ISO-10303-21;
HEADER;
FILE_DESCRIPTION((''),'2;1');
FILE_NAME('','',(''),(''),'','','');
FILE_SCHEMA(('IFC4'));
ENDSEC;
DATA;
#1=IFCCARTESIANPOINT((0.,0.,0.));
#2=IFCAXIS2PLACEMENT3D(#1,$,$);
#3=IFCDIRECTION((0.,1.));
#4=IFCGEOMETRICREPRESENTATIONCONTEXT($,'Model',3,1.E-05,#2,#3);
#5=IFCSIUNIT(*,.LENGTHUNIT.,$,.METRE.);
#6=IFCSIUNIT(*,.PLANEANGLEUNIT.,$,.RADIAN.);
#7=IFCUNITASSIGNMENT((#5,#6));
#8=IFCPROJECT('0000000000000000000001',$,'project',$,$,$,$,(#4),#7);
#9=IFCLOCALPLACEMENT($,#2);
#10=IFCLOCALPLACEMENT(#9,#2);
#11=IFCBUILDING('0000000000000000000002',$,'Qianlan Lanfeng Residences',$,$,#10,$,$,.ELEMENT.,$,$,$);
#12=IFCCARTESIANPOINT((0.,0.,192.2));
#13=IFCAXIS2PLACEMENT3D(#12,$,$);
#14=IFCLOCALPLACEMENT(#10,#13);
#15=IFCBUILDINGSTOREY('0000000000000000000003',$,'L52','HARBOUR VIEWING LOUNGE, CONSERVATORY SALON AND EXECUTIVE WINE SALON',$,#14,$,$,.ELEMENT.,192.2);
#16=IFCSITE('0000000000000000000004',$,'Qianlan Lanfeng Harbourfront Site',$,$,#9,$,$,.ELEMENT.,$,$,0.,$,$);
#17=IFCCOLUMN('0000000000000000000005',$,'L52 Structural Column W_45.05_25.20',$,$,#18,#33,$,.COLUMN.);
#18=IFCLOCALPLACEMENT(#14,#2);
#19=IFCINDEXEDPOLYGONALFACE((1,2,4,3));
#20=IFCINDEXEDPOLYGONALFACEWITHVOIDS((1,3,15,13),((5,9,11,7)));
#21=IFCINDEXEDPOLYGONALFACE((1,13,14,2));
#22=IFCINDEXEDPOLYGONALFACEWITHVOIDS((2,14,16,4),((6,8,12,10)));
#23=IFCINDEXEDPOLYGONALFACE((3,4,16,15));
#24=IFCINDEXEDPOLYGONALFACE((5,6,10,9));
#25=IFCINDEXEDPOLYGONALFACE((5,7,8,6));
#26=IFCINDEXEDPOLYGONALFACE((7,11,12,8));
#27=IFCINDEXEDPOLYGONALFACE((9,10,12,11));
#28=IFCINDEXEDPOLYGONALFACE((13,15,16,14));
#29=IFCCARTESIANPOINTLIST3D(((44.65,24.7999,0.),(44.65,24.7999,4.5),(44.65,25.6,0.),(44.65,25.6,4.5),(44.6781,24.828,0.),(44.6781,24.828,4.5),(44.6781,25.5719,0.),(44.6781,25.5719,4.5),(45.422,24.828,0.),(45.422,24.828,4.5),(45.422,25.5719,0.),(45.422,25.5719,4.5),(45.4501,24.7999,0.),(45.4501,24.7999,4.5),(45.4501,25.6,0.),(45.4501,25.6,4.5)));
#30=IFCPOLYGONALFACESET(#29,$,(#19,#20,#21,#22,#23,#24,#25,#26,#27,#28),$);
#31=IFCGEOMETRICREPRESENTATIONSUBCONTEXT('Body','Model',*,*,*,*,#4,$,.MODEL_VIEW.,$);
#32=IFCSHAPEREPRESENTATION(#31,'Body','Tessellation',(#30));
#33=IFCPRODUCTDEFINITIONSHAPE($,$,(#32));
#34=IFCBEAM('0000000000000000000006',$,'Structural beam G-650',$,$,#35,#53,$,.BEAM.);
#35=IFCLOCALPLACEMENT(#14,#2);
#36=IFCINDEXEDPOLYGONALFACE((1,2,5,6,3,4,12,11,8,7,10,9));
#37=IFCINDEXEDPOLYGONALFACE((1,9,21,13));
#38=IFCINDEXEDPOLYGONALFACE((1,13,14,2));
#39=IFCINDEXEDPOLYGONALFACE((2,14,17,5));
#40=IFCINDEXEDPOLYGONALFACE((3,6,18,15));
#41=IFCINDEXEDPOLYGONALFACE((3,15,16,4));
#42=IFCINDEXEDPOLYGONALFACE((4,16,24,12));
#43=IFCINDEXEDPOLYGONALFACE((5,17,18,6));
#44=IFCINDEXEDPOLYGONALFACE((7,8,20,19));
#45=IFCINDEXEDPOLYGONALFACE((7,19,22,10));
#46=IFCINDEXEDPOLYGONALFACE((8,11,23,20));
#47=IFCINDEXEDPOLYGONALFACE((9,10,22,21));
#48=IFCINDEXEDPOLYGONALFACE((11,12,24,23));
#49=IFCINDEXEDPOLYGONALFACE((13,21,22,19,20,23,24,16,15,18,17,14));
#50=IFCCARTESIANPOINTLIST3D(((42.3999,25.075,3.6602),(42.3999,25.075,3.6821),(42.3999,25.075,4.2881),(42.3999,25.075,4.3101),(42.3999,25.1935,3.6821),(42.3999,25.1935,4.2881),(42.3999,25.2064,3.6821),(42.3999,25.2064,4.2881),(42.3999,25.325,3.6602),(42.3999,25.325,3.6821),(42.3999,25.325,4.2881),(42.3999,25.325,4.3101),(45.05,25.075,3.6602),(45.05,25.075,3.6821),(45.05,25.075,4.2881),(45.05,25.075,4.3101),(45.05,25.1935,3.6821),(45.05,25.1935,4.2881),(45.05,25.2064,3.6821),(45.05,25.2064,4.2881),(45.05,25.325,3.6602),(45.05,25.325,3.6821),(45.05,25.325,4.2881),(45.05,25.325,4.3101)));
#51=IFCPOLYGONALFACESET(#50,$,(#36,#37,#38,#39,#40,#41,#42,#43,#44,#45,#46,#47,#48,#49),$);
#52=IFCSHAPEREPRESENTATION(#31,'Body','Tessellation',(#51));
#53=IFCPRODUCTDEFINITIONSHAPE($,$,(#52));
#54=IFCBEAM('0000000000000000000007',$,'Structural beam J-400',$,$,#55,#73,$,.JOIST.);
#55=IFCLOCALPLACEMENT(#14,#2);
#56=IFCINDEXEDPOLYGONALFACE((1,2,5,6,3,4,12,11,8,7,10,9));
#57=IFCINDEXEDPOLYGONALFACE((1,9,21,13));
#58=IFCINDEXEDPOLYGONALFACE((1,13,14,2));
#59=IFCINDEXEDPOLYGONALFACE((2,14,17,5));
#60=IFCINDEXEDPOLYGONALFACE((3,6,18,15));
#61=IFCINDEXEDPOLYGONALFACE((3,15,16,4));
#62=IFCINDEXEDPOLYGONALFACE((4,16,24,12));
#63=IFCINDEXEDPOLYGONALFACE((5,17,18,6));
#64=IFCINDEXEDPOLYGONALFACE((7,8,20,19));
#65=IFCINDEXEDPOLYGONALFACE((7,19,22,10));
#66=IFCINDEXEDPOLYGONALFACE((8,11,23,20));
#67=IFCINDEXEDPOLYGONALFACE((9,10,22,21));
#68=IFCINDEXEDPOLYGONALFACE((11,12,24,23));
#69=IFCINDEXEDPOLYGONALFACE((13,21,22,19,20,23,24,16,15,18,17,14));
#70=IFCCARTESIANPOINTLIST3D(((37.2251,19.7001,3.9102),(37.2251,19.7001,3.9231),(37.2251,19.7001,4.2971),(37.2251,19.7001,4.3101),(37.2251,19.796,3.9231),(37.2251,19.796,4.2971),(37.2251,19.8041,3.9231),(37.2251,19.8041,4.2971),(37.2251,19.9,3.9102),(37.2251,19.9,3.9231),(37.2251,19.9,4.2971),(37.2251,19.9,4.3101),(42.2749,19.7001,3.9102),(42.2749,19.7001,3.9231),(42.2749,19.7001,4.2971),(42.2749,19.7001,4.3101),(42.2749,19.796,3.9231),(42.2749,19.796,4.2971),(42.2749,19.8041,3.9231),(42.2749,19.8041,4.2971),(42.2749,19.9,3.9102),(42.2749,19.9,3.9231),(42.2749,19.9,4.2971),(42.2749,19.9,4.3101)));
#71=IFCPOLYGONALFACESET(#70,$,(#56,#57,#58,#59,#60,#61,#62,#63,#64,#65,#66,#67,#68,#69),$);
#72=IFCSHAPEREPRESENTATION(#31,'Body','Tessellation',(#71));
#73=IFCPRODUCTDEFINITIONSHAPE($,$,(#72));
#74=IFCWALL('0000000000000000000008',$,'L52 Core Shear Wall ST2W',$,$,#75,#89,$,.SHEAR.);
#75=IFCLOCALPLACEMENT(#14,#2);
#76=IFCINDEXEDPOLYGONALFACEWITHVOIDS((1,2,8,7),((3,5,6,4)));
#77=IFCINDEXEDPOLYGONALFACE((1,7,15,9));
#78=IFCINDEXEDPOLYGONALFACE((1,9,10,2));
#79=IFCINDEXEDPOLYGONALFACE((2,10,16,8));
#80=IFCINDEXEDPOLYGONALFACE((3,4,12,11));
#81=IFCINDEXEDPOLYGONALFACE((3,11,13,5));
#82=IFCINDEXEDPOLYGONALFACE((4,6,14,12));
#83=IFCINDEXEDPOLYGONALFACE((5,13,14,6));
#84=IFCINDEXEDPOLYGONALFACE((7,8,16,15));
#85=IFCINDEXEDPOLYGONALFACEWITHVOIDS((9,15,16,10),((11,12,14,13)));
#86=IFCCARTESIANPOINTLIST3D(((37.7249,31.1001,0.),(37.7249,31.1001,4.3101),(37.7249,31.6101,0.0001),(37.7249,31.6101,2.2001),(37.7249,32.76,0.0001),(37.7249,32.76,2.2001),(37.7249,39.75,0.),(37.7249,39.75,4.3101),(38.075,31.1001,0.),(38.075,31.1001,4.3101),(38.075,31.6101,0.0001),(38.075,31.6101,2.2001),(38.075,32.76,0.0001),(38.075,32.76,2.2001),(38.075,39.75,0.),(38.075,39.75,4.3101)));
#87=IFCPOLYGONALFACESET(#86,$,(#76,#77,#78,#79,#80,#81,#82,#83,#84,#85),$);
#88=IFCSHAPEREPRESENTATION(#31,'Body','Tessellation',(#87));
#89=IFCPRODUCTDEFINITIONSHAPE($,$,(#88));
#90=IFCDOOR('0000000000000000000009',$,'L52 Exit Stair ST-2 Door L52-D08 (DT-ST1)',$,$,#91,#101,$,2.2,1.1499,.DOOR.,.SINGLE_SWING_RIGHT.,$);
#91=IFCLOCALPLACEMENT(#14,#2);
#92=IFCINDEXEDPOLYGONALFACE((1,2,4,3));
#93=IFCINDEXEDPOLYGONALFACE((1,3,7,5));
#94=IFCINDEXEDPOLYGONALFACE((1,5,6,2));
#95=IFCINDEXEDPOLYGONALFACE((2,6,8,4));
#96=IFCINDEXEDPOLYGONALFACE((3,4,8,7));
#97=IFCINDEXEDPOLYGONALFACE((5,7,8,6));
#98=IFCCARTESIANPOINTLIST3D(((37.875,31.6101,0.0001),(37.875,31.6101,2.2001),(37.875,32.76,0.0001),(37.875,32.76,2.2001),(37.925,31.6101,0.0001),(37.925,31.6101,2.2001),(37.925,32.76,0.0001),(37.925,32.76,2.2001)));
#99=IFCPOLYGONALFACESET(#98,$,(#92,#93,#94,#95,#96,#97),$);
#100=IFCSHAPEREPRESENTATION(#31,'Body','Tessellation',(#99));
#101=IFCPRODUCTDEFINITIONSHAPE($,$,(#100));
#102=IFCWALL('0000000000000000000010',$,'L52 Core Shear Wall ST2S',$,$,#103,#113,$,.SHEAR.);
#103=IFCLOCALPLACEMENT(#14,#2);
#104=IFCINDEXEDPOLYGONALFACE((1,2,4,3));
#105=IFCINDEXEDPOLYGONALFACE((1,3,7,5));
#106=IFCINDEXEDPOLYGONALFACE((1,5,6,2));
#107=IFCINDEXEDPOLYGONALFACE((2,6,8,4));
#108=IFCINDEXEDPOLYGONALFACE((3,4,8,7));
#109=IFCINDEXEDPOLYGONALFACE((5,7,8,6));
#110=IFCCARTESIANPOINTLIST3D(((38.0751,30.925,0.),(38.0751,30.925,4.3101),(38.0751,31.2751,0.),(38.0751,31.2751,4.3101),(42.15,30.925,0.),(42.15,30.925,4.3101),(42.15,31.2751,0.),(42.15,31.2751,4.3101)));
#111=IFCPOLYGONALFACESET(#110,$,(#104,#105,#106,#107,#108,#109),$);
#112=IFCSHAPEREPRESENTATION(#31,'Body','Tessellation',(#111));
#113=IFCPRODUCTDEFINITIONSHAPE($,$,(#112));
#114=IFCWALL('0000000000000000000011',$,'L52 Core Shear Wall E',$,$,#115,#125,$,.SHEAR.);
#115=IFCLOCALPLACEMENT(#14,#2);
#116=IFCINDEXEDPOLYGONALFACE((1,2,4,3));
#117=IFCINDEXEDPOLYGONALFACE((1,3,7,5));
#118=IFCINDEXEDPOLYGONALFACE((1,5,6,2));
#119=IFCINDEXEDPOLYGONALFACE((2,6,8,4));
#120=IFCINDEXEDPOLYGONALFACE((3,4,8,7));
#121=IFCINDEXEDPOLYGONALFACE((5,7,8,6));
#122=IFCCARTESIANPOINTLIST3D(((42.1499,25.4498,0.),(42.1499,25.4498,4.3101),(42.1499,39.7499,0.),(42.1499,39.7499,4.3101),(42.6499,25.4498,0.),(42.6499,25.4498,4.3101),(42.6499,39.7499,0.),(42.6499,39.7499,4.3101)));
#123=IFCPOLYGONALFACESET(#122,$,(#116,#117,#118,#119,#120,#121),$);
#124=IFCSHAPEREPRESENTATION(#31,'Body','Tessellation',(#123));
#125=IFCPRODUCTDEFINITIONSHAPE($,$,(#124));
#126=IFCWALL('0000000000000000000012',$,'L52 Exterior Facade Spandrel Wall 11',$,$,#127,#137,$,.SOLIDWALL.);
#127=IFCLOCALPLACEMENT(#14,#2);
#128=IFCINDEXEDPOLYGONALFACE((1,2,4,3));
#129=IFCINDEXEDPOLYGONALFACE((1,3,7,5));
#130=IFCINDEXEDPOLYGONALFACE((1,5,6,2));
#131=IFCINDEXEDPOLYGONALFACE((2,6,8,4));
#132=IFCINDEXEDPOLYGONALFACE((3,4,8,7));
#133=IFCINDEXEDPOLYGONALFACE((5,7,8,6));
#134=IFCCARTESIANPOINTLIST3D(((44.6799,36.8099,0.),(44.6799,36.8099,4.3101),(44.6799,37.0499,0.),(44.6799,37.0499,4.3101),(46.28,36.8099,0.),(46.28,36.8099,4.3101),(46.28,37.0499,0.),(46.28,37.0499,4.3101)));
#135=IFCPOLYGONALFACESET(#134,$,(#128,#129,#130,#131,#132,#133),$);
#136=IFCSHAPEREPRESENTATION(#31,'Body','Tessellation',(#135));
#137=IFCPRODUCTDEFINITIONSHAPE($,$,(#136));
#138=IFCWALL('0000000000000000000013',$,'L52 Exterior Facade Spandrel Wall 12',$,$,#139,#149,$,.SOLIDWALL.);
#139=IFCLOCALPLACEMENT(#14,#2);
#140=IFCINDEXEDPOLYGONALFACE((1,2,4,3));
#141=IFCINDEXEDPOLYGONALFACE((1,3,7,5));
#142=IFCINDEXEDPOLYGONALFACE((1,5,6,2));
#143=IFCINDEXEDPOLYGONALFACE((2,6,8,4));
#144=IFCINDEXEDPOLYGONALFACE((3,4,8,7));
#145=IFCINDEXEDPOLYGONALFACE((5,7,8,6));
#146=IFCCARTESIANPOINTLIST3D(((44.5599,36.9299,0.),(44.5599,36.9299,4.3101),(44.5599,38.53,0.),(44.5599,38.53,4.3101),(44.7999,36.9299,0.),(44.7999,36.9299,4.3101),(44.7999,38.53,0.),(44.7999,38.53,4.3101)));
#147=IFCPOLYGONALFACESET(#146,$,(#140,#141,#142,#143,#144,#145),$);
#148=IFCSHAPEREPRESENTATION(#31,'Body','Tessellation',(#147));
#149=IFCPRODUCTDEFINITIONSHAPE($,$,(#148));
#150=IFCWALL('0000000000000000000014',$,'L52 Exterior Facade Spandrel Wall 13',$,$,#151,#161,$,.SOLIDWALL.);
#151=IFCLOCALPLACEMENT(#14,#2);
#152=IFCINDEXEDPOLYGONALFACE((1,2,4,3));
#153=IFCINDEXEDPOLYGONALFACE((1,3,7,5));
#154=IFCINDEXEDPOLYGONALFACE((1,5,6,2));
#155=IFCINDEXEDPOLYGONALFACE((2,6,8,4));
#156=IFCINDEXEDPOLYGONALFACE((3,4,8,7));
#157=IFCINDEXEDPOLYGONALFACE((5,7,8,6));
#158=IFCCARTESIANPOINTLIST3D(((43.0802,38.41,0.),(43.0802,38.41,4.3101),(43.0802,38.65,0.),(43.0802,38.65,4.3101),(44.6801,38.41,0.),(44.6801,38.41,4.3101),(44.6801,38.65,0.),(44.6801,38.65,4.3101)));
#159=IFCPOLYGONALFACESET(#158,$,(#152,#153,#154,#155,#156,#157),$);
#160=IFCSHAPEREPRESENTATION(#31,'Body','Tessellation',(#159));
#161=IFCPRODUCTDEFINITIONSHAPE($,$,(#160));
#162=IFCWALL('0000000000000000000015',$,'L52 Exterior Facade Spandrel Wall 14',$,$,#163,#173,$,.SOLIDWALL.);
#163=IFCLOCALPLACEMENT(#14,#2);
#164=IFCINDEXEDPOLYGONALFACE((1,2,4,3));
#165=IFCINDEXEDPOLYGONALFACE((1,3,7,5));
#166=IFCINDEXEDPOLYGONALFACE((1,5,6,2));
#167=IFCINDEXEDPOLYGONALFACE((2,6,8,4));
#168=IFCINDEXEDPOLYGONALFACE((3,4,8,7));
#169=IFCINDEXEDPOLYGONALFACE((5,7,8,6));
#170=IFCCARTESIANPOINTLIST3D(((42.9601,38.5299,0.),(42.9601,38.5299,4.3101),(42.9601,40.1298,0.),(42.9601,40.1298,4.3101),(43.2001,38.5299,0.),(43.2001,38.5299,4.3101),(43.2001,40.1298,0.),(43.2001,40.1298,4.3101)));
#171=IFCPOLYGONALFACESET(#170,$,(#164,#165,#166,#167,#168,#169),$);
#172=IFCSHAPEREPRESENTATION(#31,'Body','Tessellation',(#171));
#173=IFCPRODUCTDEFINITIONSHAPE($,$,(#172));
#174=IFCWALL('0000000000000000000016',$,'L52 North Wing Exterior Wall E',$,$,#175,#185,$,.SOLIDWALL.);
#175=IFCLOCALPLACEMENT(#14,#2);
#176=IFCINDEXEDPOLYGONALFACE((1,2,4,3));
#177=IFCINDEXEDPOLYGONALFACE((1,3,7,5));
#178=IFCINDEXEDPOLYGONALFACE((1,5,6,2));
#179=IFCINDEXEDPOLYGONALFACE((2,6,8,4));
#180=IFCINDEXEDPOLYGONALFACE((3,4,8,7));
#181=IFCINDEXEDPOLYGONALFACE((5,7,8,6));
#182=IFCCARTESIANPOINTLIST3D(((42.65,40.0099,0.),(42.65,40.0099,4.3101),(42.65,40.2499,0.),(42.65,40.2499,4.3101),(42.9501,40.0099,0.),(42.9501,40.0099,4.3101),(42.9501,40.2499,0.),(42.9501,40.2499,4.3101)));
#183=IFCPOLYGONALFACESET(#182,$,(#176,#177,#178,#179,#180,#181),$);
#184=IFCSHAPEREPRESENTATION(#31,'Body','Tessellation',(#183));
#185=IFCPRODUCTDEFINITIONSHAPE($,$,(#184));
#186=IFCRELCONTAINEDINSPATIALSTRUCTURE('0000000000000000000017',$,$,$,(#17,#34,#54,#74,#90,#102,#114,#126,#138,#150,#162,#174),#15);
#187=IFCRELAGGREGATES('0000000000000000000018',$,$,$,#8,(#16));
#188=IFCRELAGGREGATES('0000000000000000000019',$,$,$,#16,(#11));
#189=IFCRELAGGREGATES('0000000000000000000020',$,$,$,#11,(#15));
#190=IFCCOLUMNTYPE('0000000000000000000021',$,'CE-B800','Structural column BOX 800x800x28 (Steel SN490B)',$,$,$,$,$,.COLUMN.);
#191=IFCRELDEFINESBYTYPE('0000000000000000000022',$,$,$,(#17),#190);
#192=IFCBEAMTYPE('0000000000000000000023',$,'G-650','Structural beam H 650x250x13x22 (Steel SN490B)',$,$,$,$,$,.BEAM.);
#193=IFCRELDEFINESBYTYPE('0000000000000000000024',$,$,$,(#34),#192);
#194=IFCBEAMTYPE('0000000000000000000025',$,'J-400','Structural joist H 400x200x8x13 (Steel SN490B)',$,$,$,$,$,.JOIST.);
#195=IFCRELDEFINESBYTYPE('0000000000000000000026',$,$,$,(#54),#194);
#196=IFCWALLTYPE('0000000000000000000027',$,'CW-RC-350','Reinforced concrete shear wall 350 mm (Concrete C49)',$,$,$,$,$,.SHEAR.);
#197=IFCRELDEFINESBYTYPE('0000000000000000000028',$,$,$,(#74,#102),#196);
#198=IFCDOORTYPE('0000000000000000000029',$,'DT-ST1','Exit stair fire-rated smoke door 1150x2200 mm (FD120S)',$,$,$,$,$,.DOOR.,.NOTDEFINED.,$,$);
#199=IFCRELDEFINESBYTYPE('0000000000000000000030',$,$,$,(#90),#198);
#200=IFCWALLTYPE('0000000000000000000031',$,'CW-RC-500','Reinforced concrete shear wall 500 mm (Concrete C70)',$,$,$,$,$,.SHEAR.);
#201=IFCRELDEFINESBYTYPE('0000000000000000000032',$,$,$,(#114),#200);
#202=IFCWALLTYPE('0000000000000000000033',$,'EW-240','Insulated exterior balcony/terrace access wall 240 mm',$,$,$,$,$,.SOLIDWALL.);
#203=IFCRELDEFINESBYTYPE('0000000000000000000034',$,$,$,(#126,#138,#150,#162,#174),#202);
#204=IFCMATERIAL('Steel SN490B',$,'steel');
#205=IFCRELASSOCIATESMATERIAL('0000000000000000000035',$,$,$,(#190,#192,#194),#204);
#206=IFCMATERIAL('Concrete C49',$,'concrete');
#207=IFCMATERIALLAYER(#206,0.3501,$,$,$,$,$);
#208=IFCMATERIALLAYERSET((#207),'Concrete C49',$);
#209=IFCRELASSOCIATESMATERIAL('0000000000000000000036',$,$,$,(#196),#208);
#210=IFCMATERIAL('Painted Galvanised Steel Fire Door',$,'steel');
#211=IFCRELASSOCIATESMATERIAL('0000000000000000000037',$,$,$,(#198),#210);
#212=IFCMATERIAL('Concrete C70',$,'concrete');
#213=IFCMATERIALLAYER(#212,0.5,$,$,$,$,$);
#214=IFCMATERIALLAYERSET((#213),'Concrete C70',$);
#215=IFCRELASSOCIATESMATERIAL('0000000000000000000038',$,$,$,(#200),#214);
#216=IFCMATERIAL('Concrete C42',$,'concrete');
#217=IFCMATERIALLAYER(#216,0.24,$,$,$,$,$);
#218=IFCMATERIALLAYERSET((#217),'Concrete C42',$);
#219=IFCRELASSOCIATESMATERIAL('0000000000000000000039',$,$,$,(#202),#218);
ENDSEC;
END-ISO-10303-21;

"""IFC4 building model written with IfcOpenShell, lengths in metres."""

from ifc_helpers import new_model, si_unit, direction, frame, frame_2d, origin, origin_2d, place, context, subcontext, project, spatial, rectangle, hollow_rectangle, i_section, extrude, material, layer, layer_set, material_profile, profile_set, type_object, element, fill, save


model = new_model("IFC4")

# Units and contexts
model_context = context("Model", 3, precision=1e-05, world=origin(), true_north=direction((0.0, 1.0)))
body_context = subcontext(model_context, "Body", "Model", "MODEL_VIEW")
ifc_project = project(units=[si_unit("LENGTHUNIT", "METRE"), si_unit("PLANEANGLEUNIT", "RADIAN")], contexts=[model_context])

# Site, building, storey
site_placement = place(None, origin())
site = spatial("IfcSite", under=ifc_project, at=site_placement, Name="Qianlan Lanfeng Harbourfront Site", CompositionType="ELEMENT", RefElevation=0.0)
building_placement = place(site_placement, origin())
building = spatial("IfcBuilding", under=site, at=building_placement, Name="Qianlan Lanfeng Residences", CompositionType="ELEMENT")
storey_placement = place(building_placement, frame((0.0, 0.0, 192.2)))
storey = spatial("IfcBuildingStorey", under=building, at=storey_placement, Name="L52", Description="HARBOUR VIEWING LOUNGE, CONSERVATORY SALON AND EXECUTIVE WINE SALON", CompositionType="ELEMENT", Elevation=192.2)

# Column
ifc_material_1 = material(Name="Steel SN490B", Category="steel")
ifc_material_profile_1 = material_profile(ifc_material_1, hollow_rectangle(XDim=0.8, YDim=0.8, WallThickness=0.0281, at=origin_2d()), Name="BOX 800x800x28")
ifc_profile_set_1 = profile_set([ifc_material_profile_1], Name="Steel SN490B")
column_type = type_object("IfcColumnType", Name="CE-B800", Description="Structural column BOX 800x800x28 (Steel SN490B)", PredefinedType="COLUMN", material=ifc_profile_set_1)
column_placement = place(storey_placement, frame((45.05, 25.2, 0.0), z_axis=(0.0, 0.0, 1.0), x_axis=(1.0, 0.0, 0.0)))
element("IfcColumn", 1, at=column_placement, inside=storey, type_object=column_type, Name="L52 Structural Column W_45.05_25.20", PredefinedType="COLUMN", context=body_context, shape_type="SweptSolid", body=[
    extrude(hollow_rectangle(XDim=0.8, YDim=0.8, WallThickness=0.0281, at=origin_2d()), origin(), (0.0, 0.0, 1.0), 4.5),
])

# Beams
ifc_material_profile_2 = material_profile(ifc_material_1, i_section(OverallWidth=0.25, OverallDepth=0.6499, WebThickness=0.0129, FlangeThickness=0.022, at=origin_2d()), Name="H 650x250x13x22")
ifc_profile_set_2 = profile_set([ifc_material_profile_2], Name="Steel SN490B")
beam_type_1 = type_object("IfcBeamType", Name="G-650", Description="Structural beam H 650x250x13x22 (Steel SN490B)", PredefinedType="BEAM", material=ifc_profile_set_2)
beam_1_placement = place(storey_placement, frame((42.3999, 25.2, 3.9851), z_axis=(1.0, 0.0, 0.0), x_axis=(0.0, 1.0, 0.0)))
element("IfcBeam", 2, at=beam_1_placement, inside=storey, type_object=beam_type_1, Name="Structural beam G-650", PredefinedType="BEAM", context=body_context, shape_type="SweptSolid", body=[
    extrude(i_section(OverallWidth=0.25, OverallDepth=0.6499, WebThickness=0.0129, FlangeThickness=0.022, at=origin_2d()), origin(), (0.0, 0.0, 1.0), 2.6501),
])
ifc_material_profile_3 = material_profile(ifc_material_1, i_section(OverallWidth=0.2, OverallDepth=0.3999, WebThickness=0.0081, FlangeThickness=0.0129, at=origin_2d()), Name="H 400x200x8x13")
ifc_profile_set_3 = profile_set([ifc_material_profile_3], Name="Steel SN490B")
beam_type_2 = type_object("IfcBeamType", Name="J-400", Description="Structural joist H 400x200x8x13 (Steel SN490B)", PredefinedType="JOIST", material=ifc_profile_set_3)
beam_2_placement = place(storey_placement, frame((37.2251, 19.8, 4.1101), z_axis=(1.0, 0.0, 0.0), x_axis=(0.0, 1.0, 0.0)))
element("IfcBeam", 3, at=beam_2_placement, inside=storey, type_object=beam_type_2, Name="Structural beam J-400", PredefinedType="JOIST", context=body_context, shape_type="SweptSolid", body=[
    extrude(i_section(OverallWidth=0.2, OverallDepth=0.3999, WebThickness=0.0081, FlangeThickness=0.0129, at=origin_2d()), origin(), (0.0, 0.0, 1.0), 5.0498),
])

# Wall, opening, door
ifc_material_2 = material(Name="Concrete C49", Category="concrete")
ifc_layer_1 = layer(ifc_material_2, 0.3501)
ifc_layer_set_1 = layer_set([ifc_layer_1], Name="Concrete C49")
wall_type_1 = type_object("IfcWallType", Name="CW-RC-350", Description="Reinforced concrete shear wall 350 mm (Concrete C49)", PredefinedType="SHEAR", material=ifc_layer_set_1)
wall_1_placement = place(storey_placement, frame((37.8999, 31.1001, 0.0), z_axis=(0.0, 0.0, 1.0), x_axis=(0.0, 1.0, 0.0)))
wall_1 = element("IfcWall", 4, at=wall_1_placement, inside=storey, type_object=wall_type_1, Name="L52 Core Shear Wall ST2W", PredefinedType="SHEAR", context=body_context, shape_type="SweptSolid", body=[
    extrude(rectangle(XDim=8.6499, YDim=0.3501, at=frame_2d((4.325, 0.0))), origin(), (0.0, 0.0, 1.0), 4.3101),
])
opening_1_placement = place(wall_1_placement, frame((0.51, 0.0, 0.0)))
opening_1 = element("IfcOpeningElement", 5, at=opening_1_placement, cuts=wall_1, PredefinedType="OPENING", context=body_context, shape_type="SweptSolid", body=[
    extrude(rectangle(XDim=1.1499, YDim=2.2, at=frame_2d((0.575, 1.1001))), frame((0.0, 0.1851, 0.0), z_axis=(0.0, -1.0, 0.0), x_axis=(1.0, 0.0, 0.0)), (0.0, 0.0, 1.0), 0.3701),
])
ifc_material_3 = material(Name="Painted Galvanised Steel Fire Door", Category="steel")
door_type_1 = type_object("IfcDoorType", Name="DT-ST1", Description="Exit stair fire-rated smoke door 1150x2200 mm (FD120S)", OperationType="NOTDEFINED", PredefinedType="DOOR", material=ifc_material_3)
door_1_placement = place(opening_1_placement, origin())
door_1 = element("IfcDoor", 6, at=door_1_placement, inside=storey, type_object=door_type_1, Name="L52 Exit Stair ST-2 Door L52-D08 (DT-ST1)", OperationType="SINGLE_SWING_RIGHT", OverallHeight=2.2, OverallWidth=1.1499, PredefinedType="DOOR", context=body_context, shape_type="SweptSolid", body=[
    extrude(rectangle(XDim=1.1499, YDim=2.2, at=frame_2d((0.575, 1.1001))), frame((0.0, 0.0249, 0.0), z_axis=(0.0, -1.0, 0.0), x_axis=(1.0, 0.0, 0.0)), (0.0, 0.0, 1.0), 0.05),
])
fill(opening_1, door_1)

# Walls
wall_2_placement = place(storey_placement, frame((38.075, 31.1001, 0.0), z_axis=(0.0, 0.0, 1.0), x_axis=(1.0, 0.0, 0.0)))
element("IfcWall", 7, at=wall_2_placement, inside=storey, type_object=wall_type_1, Name="L52 Core Shear Wall ST2S", PredefinedType="SHEAR", context=body_context, shape_type="SweptSolid", body=[
    extrude(rectangle(XDim=4.075, YDim=0.3501, at=frame_2d((2.0376, 0.0))), origin(), (0.0, 0.0, 1.0), 4.3101),
])
ifc_material_4 = material(Name="Concrete C70", Category="concrete")
ifc_layer_2 = layer(ifc_material_4, 0.5)
ifc_layer_set_2 = layer_set([ifc_layer_2], Name="Concrete C70")
wall_type_2 = type_object("IfcWallType", Name="CW-RC-500", Description="Reinforced concrete shear wall 500 mm (Concrete C70)", PredefinedType="SHEAR", material=ifc_layer_set_2)
wall_3_placement = place(storey_placement, frame((42.3999, 25.45, 0.0), z_axis=(0.0, 0.0, 1.0), x_axis=(0.0, 1.0, 0.0)))
element("IfcWall", 8, at=wall_3_placement, inside=storey, type_object=wall_type_2, Name="L52 Core Shear Wall E", PredefinedType="SHEAR", context=body_context, shape_type="SweptSolid", body=[
    extrude(rectangle(XDim=14.3, YDim=0.5, at=frame_2d((7.1499, 0.0))), origin(), (0.0, 0.0, 1.0), 4.3101),
])
ifc_material_5 = material(Name="Concrete C42", Category="concrete")
ifc_layer_3 = layer(ifc_material_5, 0.24)
ifc_layer_set_3 = layer_set([ifc_layer_3], Name="Concrete C42")
wall_type_3 = type_object("IfcWallType", Name="EW-240", Description="Insulated exterior balcony/terrace access wall 240 mm", PredefinedType="SOLIDWALL", material=ifc_layer_set_3)
for number, where, z_axis, x_axis, name in (
    (9, (46.28, 36.9299, 0.0), (0.0, 0.0, 1.0), (-1.0, 0.0, 0.0), "L52 Exterior Facade Spandrel Wall 11"),
    (10, (44.6799, 36.9299, 0.0), (0.0, 0.0, 1.0), (0.0, 1.0, 0.0), "L52 Exterior Facade Spandrel Wall 12"),
):
    element("IfcWall", number, at=place(storey_placement, frame(where, z_axis=z_axis, x_axis=x_axis)), inside=storey, type_object=wall_type_3, Name=name, PredefinedType="SOLIDWALL", context=body_context, shape_type="SweptSolid", body=[
        extrude(rectangle(XDim=1.6001, YDim=0.24, at=frame_2d((0.8, 0.0))), origin(), (0.0, 0.0, 1.0), 4.3101),
    ])
for number, where, z_axis, x_axis, name in (
    (11, (44.6799, 38.53, 0.0), (0.0, 0.0, 1.0), (-1.0, 0.0, 0.0), "L52 Exterior Facade Spandrel Wall 13"),
    (12, (43.0801, 38.53, 0.0), (0.0, 0.0, 1.0), (0.0, 1.0, 0.0), "L52 Exterior Facade Spandrel Wall 14"),
):
    element("IfcWall", number, at=place(storey_placement, frame(where, z_axis=z_axis, x_axis=x_axis)), inside=storey, type_object=wall_type_3, Name=name, PredefinedType="SOLIDWALL", context=body_context, shape_type="SweptSolid", body=[
        extrude(rectangle(XDim=1.5999, YDim=0.24, at=frame_2d((0.7998, 0.0))), origin(), (0.0, 0.0, 1.0), 4.3101),
    ])
wall_4_placement = place(storey_placement, frame((42.95, 40.1299, 0.0), z_axis=(0.0, 0.0, 1.0), x_axis=(-1.0, 0.0, 0.0)))
element("IfcWall", 13, at=wall_4_placement, inside=storey, type_object=wall_type_3, Name="L52 North Wing Exterior Wall E", PredefinedType="SOLIDWALL", context=body_context, shape_type="SweptSolid", body=[
    extrude(rectangle(XDim=0.3, YDim=0.24, at=frame_2d((0.1499, 0.0))), origin(), (0.0, 0.0, 1.0), 4.3101),
])

save(model, "model.ifc")
